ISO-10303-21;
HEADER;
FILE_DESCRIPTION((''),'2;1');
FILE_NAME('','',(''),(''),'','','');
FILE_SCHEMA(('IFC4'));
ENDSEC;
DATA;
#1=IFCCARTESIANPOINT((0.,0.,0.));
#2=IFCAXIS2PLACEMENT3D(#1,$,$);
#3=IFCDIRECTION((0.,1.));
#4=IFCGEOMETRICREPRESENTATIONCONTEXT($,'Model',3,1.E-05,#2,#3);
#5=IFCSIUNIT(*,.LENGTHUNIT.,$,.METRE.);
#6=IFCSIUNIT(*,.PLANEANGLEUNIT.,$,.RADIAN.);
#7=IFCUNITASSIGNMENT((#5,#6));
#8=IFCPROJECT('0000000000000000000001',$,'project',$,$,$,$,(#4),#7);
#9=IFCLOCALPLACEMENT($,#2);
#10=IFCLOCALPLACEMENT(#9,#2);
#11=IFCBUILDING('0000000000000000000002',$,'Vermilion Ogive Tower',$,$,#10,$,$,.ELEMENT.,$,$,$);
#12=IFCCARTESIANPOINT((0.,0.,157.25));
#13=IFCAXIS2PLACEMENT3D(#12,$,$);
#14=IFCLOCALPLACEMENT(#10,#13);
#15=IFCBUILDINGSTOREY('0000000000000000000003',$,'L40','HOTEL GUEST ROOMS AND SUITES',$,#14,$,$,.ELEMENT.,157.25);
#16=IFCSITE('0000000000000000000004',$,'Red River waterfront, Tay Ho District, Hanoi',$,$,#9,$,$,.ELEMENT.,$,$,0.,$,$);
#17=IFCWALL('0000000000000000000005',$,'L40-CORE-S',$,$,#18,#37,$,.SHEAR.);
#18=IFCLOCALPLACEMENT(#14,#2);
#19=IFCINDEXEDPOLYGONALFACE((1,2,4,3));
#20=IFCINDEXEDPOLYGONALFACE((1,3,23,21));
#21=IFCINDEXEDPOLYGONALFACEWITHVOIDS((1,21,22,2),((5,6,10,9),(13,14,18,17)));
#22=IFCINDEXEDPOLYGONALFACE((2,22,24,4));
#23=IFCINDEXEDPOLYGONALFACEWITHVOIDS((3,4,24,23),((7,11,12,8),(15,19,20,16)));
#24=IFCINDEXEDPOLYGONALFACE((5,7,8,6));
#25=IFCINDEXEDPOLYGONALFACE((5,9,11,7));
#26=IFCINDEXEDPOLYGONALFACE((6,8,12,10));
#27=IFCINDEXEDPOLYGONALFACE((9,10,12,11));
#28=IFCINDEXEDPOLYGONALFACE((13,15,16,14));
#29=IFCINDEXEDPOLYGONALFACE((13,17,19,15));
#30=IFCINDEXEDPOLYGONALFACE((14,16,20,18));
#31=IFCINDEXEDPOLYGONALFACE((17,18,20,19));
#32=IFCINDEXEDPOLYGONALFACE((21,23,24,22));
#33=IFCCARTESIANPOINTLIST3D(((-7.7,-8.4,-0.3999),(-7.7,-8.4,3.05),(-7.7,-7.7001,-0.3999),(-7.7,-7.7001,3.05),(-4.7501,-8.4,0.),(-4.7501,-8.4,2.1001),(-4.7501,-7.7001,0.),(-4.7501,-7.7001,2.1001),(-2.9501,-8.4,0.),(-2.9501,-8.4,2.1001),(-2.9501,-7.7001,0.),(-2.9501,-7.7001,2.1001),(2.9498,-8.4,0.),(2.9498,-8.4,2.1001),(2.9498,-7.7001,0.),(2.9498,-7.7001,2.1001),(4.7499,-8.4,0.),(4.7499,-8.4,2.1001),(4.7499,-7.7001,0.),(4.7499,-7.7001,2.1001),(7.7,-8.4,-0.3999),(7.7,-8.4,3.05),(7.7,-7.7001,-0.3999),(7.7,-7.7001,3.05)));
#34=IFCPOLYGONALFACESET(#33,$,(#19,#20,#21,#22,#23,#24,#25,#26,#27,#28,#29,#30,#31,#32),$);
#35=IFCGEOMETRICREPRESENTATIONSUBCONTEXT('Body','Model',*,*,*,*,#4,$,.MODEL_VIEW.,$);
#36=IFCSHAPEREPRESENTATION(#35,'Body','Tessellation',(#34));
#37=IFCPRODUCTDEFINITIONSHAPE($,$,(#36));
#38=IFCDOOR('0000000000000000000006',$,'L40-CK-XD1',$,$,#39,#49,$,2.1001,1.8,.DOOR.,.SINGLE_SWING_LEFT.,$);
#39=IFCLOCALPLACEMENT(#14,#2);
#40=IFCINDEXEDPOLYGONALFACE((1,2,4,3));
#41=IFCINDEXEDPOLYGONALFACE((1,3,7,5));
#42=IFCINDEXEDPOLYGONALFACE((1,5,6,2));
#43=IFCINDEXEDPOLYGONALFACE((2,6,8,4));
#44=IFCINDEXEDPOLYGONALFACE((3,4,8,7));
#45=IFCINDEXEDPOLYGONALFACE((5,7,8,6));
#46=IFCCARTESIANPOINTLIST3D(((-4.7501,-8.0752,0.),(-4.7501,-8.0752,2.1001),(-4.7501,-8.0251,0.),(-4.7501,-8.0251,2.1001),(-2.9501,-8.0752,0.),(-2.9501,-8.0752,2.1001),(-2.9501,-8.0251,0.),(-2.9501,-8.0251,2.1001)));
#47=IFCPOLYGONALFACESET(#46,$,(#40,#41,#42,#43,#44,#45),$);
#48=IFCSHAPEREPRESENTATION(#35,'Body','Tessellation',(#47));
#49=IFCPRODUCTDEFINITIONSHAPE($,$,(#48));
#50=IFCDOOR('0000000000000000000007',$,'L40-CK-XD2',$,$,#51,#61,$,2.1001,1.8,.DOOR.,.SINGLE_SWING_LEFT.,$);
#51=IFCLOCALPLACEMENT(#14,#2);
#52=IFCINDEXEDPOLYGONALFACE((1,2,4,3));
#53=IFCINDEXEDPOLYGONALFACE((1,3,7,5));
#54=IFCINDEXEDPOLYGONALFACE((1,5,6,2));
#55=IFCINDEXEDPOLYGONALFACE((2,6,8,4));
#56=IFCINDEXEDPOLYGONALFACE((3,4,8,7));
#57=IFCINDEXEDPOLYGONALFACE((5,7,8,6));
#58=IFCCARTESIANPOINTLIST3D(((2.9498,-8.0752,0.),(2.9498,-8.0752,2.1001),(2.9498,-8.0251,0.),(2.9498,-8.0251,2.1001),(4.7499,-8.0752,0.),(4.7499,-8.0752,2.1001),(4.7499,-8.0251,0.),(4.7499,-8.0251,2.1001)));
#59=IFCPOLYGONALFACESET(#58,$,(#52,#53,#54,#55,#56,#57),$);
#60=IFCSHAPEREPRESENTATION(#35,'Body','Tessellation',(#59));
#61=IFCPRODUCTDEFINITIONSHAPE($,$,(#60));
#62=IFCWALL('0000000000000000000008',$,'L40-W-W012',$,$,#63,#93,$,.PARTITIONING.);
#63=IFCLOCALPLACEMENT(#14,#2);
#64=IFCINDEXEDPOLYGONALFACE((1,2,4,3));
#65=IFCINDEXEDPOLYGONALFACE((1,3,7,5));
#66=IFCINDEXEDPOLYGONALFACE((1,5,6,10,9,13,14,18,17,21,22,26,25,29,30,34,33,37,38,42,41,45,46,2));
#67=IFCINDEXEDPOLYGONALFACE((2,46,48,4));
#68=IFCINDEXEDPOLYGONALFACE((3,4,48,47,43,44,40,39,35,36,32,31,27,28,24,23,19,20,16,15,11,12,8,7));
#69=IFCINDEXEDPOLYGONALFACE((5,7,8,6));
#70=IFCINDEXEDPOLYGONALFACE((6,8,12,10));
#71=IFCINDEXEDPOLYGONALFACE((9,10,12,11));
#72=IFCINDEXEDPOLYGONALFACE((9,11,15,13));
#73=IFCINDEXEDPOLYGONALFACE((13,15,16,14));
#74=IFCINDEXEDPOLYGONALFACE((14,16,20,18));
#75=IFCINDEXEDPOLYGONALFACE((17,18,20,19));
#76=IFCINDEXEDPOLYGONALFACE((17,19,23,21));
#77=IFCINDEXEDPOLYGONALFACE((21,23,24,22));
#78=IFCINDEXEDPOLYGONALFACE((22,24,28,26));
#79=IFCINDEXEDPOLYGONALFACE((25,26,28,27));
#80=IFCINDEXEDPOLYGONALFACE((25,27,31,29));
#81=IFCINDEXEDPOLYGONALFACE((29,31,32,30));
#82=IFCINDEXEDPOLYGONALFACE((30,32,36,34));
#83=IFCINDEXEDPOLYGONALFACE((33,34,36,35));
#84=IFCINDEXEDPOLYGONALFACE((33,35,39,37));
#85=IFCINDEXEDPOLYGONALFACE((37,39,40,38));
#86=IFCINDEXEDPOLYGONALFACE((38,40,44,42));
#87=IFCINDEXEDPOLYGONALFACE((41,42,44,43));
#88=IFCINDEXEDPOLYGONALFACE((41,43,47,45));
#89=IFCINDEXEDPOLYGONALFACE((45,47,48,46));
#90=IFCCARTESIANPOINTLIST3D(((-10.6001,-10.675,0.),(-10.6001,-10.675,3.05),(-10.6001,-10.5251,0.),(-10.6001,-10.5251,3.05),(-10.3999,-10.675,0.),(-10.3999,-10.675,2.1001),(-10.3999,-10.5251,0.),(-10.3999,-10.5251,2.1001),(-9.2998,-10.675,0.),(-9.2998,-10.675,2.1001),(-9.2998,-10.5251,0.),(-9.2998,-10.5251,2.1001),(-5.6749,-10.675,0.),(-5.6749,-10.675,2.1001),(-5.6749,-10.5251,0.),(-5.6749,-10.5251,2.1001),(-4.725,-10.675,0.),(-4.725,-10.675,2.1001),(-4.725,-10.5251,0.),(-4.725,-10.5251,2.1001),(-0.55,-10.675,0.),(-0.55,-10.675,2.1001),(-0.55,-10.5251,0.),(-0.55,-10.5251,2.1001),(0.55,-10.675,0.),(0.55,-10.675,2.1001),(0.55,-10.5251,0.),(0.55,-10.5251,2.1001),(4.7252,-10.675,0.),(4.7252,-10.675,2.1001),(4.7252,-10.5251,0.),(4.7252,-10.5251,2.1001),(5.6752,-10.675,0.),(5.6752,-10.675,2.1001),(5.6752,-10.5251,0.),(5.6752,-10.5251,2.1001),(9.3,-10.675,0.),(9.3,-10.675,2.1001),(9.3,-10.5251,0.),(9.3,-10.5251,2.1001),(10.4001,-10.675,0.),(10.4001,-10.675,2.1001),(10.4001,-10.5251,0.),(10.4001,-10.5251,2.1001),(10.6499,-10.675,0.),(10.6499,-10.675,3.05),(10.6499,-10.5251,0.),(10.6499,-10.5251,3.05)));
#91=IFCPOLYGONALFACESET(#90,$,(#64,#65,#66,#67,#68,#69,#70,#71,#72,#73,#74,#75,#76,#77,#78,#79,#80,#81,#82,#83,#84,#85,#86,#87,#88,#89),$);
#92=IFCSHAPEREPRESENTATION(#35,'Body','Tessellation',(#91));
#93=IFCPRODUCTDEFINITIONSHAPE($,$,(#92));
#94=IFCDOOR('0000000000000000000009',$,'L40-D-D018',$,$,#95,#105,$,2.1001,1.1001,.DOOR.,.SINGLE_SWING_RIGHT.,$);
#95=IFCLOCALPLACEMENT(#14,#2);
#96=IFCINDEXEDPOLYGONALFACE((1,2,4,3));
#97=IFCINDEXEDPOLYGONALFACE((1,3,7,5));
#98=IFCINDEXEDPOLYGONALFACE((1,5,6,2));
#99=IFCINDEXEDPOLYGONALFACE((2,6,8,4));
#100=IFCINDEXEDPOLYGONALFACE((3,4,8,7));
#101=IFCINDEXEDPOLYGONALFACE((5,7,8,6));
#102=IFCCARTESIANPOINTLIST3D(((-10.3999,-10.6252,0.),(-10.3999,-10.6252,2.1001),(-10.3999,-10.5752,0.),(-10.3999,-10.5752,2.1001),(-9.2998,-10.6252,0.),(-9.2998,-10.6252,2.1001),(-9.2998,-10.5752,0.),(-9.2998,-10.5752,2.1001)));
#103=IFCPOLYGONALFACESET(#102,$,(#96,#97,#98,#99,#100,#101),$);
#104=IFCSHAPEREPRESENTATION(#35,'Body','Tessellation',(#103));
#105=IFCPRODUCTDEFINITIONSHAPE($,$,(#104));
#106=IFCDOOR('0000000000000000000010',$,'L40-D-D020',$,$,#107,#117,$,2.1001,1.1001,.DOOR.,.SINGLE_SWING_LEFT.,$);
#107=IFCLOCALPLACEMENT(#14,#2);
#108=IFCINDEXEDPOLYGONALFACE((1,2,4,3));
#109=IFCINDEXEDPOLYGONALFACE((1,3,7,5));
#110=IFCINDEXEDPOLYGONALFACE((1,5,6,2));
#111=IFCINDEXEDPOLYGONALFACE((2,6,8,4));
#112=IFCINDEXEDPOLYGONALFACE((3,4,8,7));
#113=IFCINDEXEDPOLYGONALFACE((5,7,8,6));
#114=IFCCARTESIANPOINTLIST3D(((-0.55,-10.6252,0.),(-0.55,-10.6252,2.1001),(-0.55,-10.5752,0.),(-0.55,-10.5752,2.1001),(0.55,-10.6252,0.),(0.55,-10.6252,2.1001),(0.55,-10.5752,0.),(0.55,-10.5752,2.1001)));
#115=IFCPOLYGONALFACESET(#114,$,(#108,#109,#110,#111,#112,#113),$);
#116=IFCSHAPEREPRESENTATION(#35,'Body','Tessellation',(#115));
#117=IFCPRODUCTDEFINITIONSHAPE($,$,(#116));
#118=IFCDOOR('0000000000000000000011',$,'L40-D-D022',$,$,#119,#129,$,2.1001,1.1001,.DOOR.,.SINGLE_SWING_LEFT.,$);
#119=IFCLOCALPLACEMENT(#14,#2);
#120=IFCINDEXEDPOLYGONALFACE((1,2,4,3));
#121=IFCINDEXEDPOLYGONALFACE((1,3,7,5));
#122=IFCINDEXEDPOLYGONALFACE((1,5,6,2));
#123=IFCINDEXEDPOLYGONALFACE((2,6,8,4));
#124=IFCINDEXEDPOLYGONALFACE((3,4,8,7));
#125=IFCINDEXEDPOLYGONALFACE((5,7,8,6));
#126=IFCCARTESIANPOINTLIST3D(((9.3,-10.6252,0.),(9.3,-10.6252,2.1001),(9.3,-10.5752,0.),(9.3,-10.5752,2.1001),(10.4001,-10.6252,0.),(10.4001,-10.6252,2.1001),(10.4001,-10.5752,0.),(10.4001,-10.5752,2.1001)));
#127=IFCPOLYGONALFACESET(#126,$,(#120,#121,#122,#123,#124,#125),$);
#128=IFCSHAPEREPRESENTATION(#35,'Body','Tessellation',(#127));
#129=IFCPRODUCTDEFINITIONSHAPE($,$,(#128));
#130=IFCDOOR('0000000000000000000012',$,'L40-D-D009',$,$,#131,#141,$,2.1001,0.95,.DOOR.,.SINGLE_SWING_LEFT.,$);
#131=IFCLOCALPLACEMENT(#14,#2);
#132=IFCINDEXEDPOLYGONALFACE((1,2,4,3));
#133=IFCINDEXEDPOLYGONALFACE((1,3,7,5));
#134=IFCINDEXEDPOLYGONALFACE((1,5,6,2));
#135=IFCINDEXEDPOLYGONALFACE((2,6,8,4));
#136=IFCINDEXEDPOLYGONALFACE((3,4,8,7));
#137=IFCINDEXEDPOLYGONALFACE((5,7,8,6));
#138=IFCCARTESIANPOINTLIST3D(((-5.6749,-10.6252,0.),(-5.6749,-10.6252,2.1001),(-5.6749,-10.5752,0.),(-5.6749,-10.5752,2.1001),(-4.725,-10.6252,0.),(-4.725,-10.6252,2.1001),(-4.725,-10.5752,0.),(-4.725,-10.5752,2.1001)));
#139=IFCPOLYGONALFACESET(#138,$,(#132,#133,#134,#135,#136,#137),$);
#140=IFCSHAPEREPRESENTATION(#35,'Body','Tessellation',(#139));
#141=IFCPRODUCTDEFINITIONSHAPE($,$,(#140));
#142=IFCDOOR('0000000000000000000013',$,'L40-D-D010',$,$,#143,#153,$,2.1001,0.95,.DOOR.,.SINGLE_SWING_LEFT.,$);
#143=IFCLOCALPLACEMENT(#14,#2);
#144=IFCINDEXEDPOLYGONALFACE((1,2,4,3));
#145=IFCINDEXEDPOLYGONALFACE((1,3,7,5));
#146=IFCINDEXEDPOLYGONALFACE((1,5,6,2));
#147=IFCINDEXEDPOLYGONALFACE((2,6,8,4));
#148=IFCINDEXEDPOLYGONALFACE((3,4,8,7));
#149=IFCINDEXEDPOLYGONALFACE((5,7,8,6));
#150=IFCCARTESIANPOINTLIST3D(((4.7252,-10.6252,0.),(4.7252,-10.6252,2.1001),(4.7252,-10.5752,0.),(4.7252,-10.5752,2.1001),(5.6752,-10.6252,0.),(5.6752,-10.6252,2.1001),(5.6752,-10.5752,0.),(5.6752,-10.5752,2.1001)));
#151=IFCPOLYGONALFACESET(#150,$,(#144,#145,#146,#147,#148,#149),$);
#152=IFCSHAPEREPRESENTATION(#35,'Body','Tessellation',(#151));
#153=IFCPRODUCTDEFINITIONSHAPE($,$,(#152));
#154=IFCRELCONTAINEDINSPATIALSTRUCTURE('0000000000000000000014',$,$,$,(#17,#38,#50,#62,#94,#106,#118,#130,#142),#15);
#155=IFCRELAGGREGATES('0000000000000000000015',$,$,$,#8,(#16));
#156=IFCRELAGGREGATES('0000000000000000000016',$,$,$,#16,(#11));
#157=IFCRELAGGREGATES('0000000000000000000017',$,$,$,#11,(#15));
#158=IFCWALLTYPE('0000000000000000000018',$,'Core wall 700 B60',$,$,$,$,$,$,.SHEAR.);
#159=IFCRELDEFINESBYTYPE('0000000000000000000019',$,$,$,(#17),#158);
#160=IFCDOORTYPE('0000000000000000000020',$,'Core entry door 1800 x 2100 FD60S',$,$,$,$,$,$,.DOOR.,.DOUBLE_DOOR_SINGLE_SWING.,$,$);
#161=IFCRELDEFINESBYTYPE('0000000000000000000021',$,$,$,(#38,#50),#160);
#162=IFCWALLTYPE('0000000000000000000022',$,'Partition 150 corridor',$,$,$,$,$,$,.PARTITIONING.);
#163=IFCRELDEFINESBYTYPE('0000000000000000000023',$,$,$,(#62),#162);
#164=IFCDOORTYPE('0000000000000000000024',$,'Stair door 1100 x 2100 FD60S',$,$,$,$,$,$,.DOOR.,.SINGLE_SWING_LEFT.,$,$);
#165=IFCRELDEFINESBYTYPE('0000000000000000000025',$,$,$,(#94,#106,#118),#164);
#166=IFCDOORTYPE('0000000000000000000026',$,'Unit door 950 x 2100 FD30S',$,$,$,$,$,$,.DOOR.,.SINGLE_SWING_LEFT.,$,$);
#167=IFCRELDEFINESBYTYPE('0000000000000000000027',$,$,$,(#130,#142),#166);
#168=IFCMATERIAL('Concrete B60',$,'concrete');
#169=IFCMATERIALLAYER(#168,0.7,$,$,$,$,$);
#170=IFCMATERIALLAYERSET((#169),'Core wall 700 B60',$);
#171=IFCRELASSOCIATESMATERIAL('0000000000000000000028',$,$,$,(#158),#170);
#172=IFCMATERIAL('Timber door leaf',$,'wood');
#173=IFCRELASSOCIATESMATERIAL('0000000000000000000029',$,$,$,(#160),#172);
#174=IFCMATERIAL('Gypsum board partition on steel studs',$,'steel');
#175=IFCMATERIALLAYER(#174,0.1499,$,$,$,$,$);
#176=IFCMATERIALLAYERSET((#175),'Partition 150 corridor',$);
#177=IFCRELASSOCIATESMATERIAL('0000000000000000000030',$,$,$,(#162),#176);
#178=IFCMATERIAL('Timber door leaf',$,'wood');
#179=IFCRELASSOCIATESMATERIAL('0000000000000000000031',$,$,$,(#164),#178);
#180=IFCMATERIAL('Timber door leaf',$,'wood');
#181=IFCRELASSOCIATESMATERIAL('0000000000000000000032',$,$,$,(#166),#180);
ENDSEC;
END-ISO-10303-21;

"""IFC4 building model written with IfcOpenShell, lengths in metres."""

from ifc_helpers import new_model, si_unit, direction, frame, frame_2d, origin, place, context, subcontext, project, spatial, rectangle, extrude, material, layer, layer_set, type_object, element, fill, save


model = new_model("IFC4")

# Units and contexts
model_context = context("Model", 3, precision=1e-05, world=origin(), true_north=direction((0.0, 1.0)))
body_context = subcontext(model_context, "Body", "Model", "MODEL_VIEW")
ifc_project = project(units=[si_unit("LENGTHUNIT", "METRE"), si_unit("PLANEANGLEUNIT", "RADIAN")], contexts=[model_context])

# Site, building, storey
site_placement = place(None, origin())
site = spatial("IfcSite", under=ifc_project, at=site_placement, Name="Red River waterfront, Tay Ho District, Hanoi", CompositionType="ELEMENT", RefElevation=0.0)
building_placement = place(site_placement, origin())
building = spatial("IfcBuilding", under=site, at=building_placement, Name="Vermilion Ogive Tower", CompositionType="ELEMENT")
storey_placement = place(building_placement, frame((0.0, 0.0, 157.25)))
storey = spatial("IfcBuildingStorey", under=building, at=storey_placement, Name="L40", Description="HOTEL GUEST ROOMS AND SUITES", CompositionType="ELEMENT", Elevation=157.25)

# Walls, openings, doors
ifc_material_1 = material(Name="Concrete B60", Category="concrete")
ifc_layer_1 = layer(ifc_material_1, 0.7)
ifc_layer_set_1 = layer_set([ifc_layer_1], Name="Core wall 700 B60")
wall_type_1 = type_object("IfcWallType", Name="Core wall 700 B60", PredefinedType="SHEAR", material=ifc_layer_set_1)
wall_1_placement = place(storey_placement, frame((-7.7, -8.05, -0.3999), z_axis=(0.0, 0.0, 1.0), x_axis=(1.0, 0.0, 0.0)))
wall_1 = element("IfcWall", 1, at=wall_1_placement, inside=storey, type_object=wall_type_1, Name="L40-CORE-S", PredefinedType="SHEAR", context=body_context, shape_type="SweptSolid", body=[
    extrude(rectangle(XDim=15.3999, YDim=0.7, at=frame_2d((7.7, 0.0))), origin(), (0.0, 0.0, 1.0), 3.45),
])
opening_1_placement = place(wall_1_placement, frame((2.95, 0.0, 0.3999)))
opening_1 = element("IfcOpeningElement", 2, at=opening_1_placement, cuts=wall_1, PredefinedType="OPENING", context=body_context, shape_type="SweptSolid", body=[
    extrude(rectangle(XDim=1.8, YDim=2.1001, at=frame_2d((0.8999, 1.05))), frame((0.0, 0.3599, 0.0), z_axis=(0.0, -1.0, 0.0), x_axis=(1.0, 0.0, 0.0)), (0.0, 0.0, 1.0), 0.72),
])
opening_2_placement = place(wall_1_placement, frame((10.6499, 0.0, 0.3999)))
opening_2 = element("IfcOpeningElement", 3, at=opening_2_placement, cuts=wall_1, PredefinedType="OPENING", context=body_context, shape_type="SweptSolid", body=[
    extrude(rectangle(XDim=1.8, YDim=2.1001, at=frame_2d((0.8999, 1.05))), frame((0.0, 0.3599, 0.0), z_axis=(0.0, -1.0, 0.0), x_axis=(1.0, 0.0, 0.0)), (0.0, 0.0, 1.0), 0.72),
])
ifc_material_2 = material(Name="Timber door leaf", Category="wood")
door_type_1 = type_object("IfcDoorType", Name="Core entry door 1800 x 2100 FD60S", OperationType="DOUBLE_DOOR_SINGLE_SWING", PredefinedType="DOOR", material=ifc_material_2)
door_1_placement = place(opening_1_placement, origin())
door_1 = element("IfcDoor", 4, at=door_1_placement, inside=storey, type_object=door_type_1, Name="L40-CK-XD1", OperationType="SINGLE_SWING_LEFT", OverallHeight=2.1001, OverallWidth=1.8, PredefinedType="DOOR", context=body_context, shape_type="SweptSolid", body=[
    extrude(rectangle(XDim=1.8, YDim=2.1001, at=frame_2d((0.8999, 1.05))), frame((0.0, 0.0249, 0.0), z_axis=(0.0, -1.0, 0.0), x_axis=(1.0, 0.0, 0.0)), (0.0, 0.0, 1.0), 0.05),
])
fill(opening_1, door_1)
door_2_placement = place(opening_2_placement, origin())
door_2 = element("IfcDoor", 5, at=door_2_placement, inside=storey, type_object=door_type_1, Name="L40-CK-XD2", OperationType="SINGLE_SWING_LEFT", OverallHeight=2.1001, OverallWidth=1.8, PredefinedType="DOOR", context=body_context, shape_type="SweptSolid", body=[
    extrude(rectangle(XDim=1.8, YDim=2.1001, at=frame_2d((0.8999, 1.05))), frame((0.0, 0.0249, 0.0), z_axis=(0.0, -1.0, 0.0), x_axis=(1.0, 0.0, 0.0)), (0.0, 0.0, 1.0), 0.05),
])
fill(opening_2, door_2)
ifc_material_3 = material(Name="Gypsum board partition on steel studs", Category="steel")
ifc_layer_2 = layer(ifc_material_3, 0.1499)
ifc_layer_set_2 = layer_set([ifc_layer_2], Name="Partition 150 corridor")
wall_type_2 = type_object("IfcWallType", Name="Partition 150 corridor", PredefinedType="PARTITIONING", material=ifc_layer_set_2)
wall_2_placement = place(storey_placement, frame((-10.6001, -10.6001, 0.0), z_axis=(0.0, 0.0, 1.0), x_axis=(1.0, 0.0, 0.0)))
wall_2 = element("IfcWall", 6, at=wall_2_placement, inside=storey, type_object=wall_type_2, Name="L40-W-W012", PredefinedType="PARTITIONING", context=body_context, shape_type="SweptSolid", body=[
    extrude(rectangle(XDim=21.25, YDim=0.1499, at=frame_2d((10.625, 0.0))), origin(), (0.0, 0.0, 1.0), 3.05),
])
opening_3_placement = place(wall_2_placement, frame((4.925, 0.0, 0.0)))
opening_3 = element("IfcOpeningElement", 7, at=opening_3_placement, cuts=wall_2, PredefinedType="OPENING", context=body_context, shape_type="SweptSolid", body=[
    extrude(rectangle(XDim=0.95, YDim=2.1001, at=frame_2d((0.4751, 1.05))), frame((0.0, 0.085, 0.0), z_axis=(0.0, -1.0, 0.0), x_axis=(1.0, 0.0, 0.0)), (0.0, 0.0, 1.0), 0.1699),
])
opening_4_placement = place(wall_2_placement, frame((15.3252, 0.0, 0.0)))
opening_4 = element("IfcOpeningElement", 8, at=opening_4_placement, cuts=wall_2, PredefinedType="OPENING", context=body_context, shape_type="SweptSolid", body=[
    extrude(rectangle(XDim=0.95, YDim=2.1001, at=frame_2d((0.4751, 1.05))), frame((0.0, 0.085, 0.0), z_axis=(0.0, -1.0, 0.0), x_axis=(1.0, 0.0, 0.0)), (0.0, 0.0, 1.0), 0.1699),
])
opening_5_placement = place(wall_2_placement, frame((0.2002, 0.0, 0.0)))
opening_5 = element("IfcOpeningElement", 9, at=opening_5_placement, cuts=wall_2, PredefinedType="OPENING", context=body_context, shape_type="SweptSolid", body=[
    extrude(rectangle(XDim=1.1001, YDim=2.1001, at=frame_2d((0.55, 1.05))), frame((0.0, 0.085, 0.0), z_axis=(0.0, -1.0, 0.0), x_axis=(1.0, 0.0, 0.0)), (0.0, 0.0, 1.0), 0.1699),
])
opening_6_placement = place(wall_2_placement, frame((10.05, 0.0, 0.0)))
opening_6 = element("IfcOpeningElement", 10, at=opening_6_placement, cuts=wall_2, PredefinedType="OPENING", context=body_context, shape_type="SweptSolid", body=[
    extrude(rectangle(XDim=1.1001, YDim=2.1001, at=frame_2d((0.55, 1.05))), frame((0.0, 0.085, 0.0), z_axis=(0.0, -1.0, 0.0), x_axis=(1.0, 0.0, 0.0)), (0.0, 0.0, 1.0), 0.1699),
])
opening_7_placement = place(wall_2_placement, frame((19.9001, 0.0, 0.0)))
opening_7 = element("IfcOpeningElement", 11, at=opening_7_placement, cuts=wall_2, PredefinedType="OPENING", context=body_context, shape_type="SweptSolid", body=[
    extrude(rectangle(XDim=1.1001, YDim=2.1001, at=frame_2d((0.55, 1.05))), frame((0.0, 0.085, 0.0), z_axis=(0.0, -1.0, 0.0), x_axis=(1.0, 0.0, 0.0)), (0.0, 0.0, 1.0), 0.1699),
])
ifc_material_4 = material(Name="Timber door leaf", Category="wood")
door_type_2 = type_object("IfcDoorType", Name="Stair door 1100 x 2100 FD60S", OperationType="SINGLE_SWING_LEFT", PredefinedType="DOOR", material=ifc_material_4)
door_3_placement = place(opening_5_placement, origin())
door_3 = element("IfcDoor", 12, at=door_3_placement, inside=storey, type_object=door_type_2, Name="L40-D-D018", OperationType="SINGLE_SWING_RIGHT", OverallHeight=2.1001, OverallWidth=1.1001, PredefinedType="DOOR", context=body_context, shape_type="SweptSolid", body=[
    extrude(rectangle(XDim=1.1001, YDim=2.1001, at=frame_2d((0.55, 1.05))), frame((0.0, 0.0249, 0.0), z_axis=(0.0, -1.0, 0.0), x_axis=(1.0, 0.0, 0.0)), (0.0, 0.0, 1.0), 0.05),
])
fill(opening_5, door_3)
door_4_placement = place(opening_6_placement, origin())
door_4 = element("IfcDoor", 13, at=door_4_placement, inside=storey, type_object=door_type_2, Name="L40-D-D020", OperationType="SINGLE_SWING_LEFT", OverallHeight=2.1001, OverallWidth=1.1001, PredefinedType="DOOR", context=body_context, shape_type="SweptSolid", body=[
    extrude(rectangle(XDim=1.1001, YDim=2.1001, at=frame_2d((0.55, 1.05))), frame((0.0, 0.0249, 0.0), z_axis=(0.0, -1.0, 0.0), x_axis=(1.0, 0.0, 0.0)), (0.0, 0.0, 1.0), 0.05),
])
fill(opening_6, door_4)
door_5_placement = place(opening_7_placement, origin())
door_5 = element("IfcDoor", 14, at=door_5_placement, inside=storey, type_object=door_type_2, Name="L40-D-D022", OperationType="SINGLE_SWING_LEFT", OverallHeight=2.1001, OverallWidth=1.1001, PredefinedType="DOOR", context=body_context, shape_type="SweptSolid", body=[
    extrude(rectangle(XDim=1.1001, YDim=2.1001, at=frame_2d((0.55, 1.05))), frame((0.0, 0.0249, 0.0), z_axis=(0.0, -1.0, 0.0), x_axis=(1.0, 0.0, 0.0)), (0.0, 0.0, 1.0), 0.05),
])
fill(opening_7, door_5)
ifc_material_5 = material(Name="Timber door leaf", Category="wood")
door_type_3 = type_object("IfcDoorType", Name="Unit door 950 x 2100 FD30S", OperationType="SINGLE_SWING_LEFT", PredefinedType="DOOR", material=ifc_material_5)
door_6_placement = place(opening_3_placement, origin())
door_6 = element("IfcDoor", 15, at=door_6_placement, inside=storey, type_object=door_type_3, Name="L40-D-D009", OperationType="SINGLE_SWING_LEFT", OverallHeight=2.1001, OverallWidth=0.95, PredefinedType="DOOR", context=body_context, shape_type="SweptSolid", body=[
    extrude(rectangle(XDim=0.95, YDim=2.1001, at=frame_2d((0.4751, 1.05))), frame((0.0, 0.0249, 0.0), z_axis=(0.0, -1.0, 0.0), x_axis=(1.0, 0.0, 0.0)), (0.0, 0.0, 1.0), 0.05),
])
fill(opening_3, door_6)
door_7_placement = place(opening_4_placement, origin())
door_7 = element("IfcDoor", 16, at=door_7_placement, inside=storey, type_object=door_type_3, Name="L40-D-D010", OperationType="SINGLE_SWING_LEFT", OverallHeight=2.1001, OverallWidth=0.95, PredefinedType="DOOR", context=body_context, shape_type="SweptSolid", body=[
    extrude(rectangle(XDim=0.95, YDim=2.1001, at=frame_2d((0.4751, 1.05))), frame((0.0, 0.0249, 0.0), z_axis=(0.0, -1.0, 0.0), x_axis=(1.0, 0.0, 0.0)), (0.0, 0.0, 1.0), 0.05),
])
fill(opening_4, door_7)

save(model, "model.ifc")
